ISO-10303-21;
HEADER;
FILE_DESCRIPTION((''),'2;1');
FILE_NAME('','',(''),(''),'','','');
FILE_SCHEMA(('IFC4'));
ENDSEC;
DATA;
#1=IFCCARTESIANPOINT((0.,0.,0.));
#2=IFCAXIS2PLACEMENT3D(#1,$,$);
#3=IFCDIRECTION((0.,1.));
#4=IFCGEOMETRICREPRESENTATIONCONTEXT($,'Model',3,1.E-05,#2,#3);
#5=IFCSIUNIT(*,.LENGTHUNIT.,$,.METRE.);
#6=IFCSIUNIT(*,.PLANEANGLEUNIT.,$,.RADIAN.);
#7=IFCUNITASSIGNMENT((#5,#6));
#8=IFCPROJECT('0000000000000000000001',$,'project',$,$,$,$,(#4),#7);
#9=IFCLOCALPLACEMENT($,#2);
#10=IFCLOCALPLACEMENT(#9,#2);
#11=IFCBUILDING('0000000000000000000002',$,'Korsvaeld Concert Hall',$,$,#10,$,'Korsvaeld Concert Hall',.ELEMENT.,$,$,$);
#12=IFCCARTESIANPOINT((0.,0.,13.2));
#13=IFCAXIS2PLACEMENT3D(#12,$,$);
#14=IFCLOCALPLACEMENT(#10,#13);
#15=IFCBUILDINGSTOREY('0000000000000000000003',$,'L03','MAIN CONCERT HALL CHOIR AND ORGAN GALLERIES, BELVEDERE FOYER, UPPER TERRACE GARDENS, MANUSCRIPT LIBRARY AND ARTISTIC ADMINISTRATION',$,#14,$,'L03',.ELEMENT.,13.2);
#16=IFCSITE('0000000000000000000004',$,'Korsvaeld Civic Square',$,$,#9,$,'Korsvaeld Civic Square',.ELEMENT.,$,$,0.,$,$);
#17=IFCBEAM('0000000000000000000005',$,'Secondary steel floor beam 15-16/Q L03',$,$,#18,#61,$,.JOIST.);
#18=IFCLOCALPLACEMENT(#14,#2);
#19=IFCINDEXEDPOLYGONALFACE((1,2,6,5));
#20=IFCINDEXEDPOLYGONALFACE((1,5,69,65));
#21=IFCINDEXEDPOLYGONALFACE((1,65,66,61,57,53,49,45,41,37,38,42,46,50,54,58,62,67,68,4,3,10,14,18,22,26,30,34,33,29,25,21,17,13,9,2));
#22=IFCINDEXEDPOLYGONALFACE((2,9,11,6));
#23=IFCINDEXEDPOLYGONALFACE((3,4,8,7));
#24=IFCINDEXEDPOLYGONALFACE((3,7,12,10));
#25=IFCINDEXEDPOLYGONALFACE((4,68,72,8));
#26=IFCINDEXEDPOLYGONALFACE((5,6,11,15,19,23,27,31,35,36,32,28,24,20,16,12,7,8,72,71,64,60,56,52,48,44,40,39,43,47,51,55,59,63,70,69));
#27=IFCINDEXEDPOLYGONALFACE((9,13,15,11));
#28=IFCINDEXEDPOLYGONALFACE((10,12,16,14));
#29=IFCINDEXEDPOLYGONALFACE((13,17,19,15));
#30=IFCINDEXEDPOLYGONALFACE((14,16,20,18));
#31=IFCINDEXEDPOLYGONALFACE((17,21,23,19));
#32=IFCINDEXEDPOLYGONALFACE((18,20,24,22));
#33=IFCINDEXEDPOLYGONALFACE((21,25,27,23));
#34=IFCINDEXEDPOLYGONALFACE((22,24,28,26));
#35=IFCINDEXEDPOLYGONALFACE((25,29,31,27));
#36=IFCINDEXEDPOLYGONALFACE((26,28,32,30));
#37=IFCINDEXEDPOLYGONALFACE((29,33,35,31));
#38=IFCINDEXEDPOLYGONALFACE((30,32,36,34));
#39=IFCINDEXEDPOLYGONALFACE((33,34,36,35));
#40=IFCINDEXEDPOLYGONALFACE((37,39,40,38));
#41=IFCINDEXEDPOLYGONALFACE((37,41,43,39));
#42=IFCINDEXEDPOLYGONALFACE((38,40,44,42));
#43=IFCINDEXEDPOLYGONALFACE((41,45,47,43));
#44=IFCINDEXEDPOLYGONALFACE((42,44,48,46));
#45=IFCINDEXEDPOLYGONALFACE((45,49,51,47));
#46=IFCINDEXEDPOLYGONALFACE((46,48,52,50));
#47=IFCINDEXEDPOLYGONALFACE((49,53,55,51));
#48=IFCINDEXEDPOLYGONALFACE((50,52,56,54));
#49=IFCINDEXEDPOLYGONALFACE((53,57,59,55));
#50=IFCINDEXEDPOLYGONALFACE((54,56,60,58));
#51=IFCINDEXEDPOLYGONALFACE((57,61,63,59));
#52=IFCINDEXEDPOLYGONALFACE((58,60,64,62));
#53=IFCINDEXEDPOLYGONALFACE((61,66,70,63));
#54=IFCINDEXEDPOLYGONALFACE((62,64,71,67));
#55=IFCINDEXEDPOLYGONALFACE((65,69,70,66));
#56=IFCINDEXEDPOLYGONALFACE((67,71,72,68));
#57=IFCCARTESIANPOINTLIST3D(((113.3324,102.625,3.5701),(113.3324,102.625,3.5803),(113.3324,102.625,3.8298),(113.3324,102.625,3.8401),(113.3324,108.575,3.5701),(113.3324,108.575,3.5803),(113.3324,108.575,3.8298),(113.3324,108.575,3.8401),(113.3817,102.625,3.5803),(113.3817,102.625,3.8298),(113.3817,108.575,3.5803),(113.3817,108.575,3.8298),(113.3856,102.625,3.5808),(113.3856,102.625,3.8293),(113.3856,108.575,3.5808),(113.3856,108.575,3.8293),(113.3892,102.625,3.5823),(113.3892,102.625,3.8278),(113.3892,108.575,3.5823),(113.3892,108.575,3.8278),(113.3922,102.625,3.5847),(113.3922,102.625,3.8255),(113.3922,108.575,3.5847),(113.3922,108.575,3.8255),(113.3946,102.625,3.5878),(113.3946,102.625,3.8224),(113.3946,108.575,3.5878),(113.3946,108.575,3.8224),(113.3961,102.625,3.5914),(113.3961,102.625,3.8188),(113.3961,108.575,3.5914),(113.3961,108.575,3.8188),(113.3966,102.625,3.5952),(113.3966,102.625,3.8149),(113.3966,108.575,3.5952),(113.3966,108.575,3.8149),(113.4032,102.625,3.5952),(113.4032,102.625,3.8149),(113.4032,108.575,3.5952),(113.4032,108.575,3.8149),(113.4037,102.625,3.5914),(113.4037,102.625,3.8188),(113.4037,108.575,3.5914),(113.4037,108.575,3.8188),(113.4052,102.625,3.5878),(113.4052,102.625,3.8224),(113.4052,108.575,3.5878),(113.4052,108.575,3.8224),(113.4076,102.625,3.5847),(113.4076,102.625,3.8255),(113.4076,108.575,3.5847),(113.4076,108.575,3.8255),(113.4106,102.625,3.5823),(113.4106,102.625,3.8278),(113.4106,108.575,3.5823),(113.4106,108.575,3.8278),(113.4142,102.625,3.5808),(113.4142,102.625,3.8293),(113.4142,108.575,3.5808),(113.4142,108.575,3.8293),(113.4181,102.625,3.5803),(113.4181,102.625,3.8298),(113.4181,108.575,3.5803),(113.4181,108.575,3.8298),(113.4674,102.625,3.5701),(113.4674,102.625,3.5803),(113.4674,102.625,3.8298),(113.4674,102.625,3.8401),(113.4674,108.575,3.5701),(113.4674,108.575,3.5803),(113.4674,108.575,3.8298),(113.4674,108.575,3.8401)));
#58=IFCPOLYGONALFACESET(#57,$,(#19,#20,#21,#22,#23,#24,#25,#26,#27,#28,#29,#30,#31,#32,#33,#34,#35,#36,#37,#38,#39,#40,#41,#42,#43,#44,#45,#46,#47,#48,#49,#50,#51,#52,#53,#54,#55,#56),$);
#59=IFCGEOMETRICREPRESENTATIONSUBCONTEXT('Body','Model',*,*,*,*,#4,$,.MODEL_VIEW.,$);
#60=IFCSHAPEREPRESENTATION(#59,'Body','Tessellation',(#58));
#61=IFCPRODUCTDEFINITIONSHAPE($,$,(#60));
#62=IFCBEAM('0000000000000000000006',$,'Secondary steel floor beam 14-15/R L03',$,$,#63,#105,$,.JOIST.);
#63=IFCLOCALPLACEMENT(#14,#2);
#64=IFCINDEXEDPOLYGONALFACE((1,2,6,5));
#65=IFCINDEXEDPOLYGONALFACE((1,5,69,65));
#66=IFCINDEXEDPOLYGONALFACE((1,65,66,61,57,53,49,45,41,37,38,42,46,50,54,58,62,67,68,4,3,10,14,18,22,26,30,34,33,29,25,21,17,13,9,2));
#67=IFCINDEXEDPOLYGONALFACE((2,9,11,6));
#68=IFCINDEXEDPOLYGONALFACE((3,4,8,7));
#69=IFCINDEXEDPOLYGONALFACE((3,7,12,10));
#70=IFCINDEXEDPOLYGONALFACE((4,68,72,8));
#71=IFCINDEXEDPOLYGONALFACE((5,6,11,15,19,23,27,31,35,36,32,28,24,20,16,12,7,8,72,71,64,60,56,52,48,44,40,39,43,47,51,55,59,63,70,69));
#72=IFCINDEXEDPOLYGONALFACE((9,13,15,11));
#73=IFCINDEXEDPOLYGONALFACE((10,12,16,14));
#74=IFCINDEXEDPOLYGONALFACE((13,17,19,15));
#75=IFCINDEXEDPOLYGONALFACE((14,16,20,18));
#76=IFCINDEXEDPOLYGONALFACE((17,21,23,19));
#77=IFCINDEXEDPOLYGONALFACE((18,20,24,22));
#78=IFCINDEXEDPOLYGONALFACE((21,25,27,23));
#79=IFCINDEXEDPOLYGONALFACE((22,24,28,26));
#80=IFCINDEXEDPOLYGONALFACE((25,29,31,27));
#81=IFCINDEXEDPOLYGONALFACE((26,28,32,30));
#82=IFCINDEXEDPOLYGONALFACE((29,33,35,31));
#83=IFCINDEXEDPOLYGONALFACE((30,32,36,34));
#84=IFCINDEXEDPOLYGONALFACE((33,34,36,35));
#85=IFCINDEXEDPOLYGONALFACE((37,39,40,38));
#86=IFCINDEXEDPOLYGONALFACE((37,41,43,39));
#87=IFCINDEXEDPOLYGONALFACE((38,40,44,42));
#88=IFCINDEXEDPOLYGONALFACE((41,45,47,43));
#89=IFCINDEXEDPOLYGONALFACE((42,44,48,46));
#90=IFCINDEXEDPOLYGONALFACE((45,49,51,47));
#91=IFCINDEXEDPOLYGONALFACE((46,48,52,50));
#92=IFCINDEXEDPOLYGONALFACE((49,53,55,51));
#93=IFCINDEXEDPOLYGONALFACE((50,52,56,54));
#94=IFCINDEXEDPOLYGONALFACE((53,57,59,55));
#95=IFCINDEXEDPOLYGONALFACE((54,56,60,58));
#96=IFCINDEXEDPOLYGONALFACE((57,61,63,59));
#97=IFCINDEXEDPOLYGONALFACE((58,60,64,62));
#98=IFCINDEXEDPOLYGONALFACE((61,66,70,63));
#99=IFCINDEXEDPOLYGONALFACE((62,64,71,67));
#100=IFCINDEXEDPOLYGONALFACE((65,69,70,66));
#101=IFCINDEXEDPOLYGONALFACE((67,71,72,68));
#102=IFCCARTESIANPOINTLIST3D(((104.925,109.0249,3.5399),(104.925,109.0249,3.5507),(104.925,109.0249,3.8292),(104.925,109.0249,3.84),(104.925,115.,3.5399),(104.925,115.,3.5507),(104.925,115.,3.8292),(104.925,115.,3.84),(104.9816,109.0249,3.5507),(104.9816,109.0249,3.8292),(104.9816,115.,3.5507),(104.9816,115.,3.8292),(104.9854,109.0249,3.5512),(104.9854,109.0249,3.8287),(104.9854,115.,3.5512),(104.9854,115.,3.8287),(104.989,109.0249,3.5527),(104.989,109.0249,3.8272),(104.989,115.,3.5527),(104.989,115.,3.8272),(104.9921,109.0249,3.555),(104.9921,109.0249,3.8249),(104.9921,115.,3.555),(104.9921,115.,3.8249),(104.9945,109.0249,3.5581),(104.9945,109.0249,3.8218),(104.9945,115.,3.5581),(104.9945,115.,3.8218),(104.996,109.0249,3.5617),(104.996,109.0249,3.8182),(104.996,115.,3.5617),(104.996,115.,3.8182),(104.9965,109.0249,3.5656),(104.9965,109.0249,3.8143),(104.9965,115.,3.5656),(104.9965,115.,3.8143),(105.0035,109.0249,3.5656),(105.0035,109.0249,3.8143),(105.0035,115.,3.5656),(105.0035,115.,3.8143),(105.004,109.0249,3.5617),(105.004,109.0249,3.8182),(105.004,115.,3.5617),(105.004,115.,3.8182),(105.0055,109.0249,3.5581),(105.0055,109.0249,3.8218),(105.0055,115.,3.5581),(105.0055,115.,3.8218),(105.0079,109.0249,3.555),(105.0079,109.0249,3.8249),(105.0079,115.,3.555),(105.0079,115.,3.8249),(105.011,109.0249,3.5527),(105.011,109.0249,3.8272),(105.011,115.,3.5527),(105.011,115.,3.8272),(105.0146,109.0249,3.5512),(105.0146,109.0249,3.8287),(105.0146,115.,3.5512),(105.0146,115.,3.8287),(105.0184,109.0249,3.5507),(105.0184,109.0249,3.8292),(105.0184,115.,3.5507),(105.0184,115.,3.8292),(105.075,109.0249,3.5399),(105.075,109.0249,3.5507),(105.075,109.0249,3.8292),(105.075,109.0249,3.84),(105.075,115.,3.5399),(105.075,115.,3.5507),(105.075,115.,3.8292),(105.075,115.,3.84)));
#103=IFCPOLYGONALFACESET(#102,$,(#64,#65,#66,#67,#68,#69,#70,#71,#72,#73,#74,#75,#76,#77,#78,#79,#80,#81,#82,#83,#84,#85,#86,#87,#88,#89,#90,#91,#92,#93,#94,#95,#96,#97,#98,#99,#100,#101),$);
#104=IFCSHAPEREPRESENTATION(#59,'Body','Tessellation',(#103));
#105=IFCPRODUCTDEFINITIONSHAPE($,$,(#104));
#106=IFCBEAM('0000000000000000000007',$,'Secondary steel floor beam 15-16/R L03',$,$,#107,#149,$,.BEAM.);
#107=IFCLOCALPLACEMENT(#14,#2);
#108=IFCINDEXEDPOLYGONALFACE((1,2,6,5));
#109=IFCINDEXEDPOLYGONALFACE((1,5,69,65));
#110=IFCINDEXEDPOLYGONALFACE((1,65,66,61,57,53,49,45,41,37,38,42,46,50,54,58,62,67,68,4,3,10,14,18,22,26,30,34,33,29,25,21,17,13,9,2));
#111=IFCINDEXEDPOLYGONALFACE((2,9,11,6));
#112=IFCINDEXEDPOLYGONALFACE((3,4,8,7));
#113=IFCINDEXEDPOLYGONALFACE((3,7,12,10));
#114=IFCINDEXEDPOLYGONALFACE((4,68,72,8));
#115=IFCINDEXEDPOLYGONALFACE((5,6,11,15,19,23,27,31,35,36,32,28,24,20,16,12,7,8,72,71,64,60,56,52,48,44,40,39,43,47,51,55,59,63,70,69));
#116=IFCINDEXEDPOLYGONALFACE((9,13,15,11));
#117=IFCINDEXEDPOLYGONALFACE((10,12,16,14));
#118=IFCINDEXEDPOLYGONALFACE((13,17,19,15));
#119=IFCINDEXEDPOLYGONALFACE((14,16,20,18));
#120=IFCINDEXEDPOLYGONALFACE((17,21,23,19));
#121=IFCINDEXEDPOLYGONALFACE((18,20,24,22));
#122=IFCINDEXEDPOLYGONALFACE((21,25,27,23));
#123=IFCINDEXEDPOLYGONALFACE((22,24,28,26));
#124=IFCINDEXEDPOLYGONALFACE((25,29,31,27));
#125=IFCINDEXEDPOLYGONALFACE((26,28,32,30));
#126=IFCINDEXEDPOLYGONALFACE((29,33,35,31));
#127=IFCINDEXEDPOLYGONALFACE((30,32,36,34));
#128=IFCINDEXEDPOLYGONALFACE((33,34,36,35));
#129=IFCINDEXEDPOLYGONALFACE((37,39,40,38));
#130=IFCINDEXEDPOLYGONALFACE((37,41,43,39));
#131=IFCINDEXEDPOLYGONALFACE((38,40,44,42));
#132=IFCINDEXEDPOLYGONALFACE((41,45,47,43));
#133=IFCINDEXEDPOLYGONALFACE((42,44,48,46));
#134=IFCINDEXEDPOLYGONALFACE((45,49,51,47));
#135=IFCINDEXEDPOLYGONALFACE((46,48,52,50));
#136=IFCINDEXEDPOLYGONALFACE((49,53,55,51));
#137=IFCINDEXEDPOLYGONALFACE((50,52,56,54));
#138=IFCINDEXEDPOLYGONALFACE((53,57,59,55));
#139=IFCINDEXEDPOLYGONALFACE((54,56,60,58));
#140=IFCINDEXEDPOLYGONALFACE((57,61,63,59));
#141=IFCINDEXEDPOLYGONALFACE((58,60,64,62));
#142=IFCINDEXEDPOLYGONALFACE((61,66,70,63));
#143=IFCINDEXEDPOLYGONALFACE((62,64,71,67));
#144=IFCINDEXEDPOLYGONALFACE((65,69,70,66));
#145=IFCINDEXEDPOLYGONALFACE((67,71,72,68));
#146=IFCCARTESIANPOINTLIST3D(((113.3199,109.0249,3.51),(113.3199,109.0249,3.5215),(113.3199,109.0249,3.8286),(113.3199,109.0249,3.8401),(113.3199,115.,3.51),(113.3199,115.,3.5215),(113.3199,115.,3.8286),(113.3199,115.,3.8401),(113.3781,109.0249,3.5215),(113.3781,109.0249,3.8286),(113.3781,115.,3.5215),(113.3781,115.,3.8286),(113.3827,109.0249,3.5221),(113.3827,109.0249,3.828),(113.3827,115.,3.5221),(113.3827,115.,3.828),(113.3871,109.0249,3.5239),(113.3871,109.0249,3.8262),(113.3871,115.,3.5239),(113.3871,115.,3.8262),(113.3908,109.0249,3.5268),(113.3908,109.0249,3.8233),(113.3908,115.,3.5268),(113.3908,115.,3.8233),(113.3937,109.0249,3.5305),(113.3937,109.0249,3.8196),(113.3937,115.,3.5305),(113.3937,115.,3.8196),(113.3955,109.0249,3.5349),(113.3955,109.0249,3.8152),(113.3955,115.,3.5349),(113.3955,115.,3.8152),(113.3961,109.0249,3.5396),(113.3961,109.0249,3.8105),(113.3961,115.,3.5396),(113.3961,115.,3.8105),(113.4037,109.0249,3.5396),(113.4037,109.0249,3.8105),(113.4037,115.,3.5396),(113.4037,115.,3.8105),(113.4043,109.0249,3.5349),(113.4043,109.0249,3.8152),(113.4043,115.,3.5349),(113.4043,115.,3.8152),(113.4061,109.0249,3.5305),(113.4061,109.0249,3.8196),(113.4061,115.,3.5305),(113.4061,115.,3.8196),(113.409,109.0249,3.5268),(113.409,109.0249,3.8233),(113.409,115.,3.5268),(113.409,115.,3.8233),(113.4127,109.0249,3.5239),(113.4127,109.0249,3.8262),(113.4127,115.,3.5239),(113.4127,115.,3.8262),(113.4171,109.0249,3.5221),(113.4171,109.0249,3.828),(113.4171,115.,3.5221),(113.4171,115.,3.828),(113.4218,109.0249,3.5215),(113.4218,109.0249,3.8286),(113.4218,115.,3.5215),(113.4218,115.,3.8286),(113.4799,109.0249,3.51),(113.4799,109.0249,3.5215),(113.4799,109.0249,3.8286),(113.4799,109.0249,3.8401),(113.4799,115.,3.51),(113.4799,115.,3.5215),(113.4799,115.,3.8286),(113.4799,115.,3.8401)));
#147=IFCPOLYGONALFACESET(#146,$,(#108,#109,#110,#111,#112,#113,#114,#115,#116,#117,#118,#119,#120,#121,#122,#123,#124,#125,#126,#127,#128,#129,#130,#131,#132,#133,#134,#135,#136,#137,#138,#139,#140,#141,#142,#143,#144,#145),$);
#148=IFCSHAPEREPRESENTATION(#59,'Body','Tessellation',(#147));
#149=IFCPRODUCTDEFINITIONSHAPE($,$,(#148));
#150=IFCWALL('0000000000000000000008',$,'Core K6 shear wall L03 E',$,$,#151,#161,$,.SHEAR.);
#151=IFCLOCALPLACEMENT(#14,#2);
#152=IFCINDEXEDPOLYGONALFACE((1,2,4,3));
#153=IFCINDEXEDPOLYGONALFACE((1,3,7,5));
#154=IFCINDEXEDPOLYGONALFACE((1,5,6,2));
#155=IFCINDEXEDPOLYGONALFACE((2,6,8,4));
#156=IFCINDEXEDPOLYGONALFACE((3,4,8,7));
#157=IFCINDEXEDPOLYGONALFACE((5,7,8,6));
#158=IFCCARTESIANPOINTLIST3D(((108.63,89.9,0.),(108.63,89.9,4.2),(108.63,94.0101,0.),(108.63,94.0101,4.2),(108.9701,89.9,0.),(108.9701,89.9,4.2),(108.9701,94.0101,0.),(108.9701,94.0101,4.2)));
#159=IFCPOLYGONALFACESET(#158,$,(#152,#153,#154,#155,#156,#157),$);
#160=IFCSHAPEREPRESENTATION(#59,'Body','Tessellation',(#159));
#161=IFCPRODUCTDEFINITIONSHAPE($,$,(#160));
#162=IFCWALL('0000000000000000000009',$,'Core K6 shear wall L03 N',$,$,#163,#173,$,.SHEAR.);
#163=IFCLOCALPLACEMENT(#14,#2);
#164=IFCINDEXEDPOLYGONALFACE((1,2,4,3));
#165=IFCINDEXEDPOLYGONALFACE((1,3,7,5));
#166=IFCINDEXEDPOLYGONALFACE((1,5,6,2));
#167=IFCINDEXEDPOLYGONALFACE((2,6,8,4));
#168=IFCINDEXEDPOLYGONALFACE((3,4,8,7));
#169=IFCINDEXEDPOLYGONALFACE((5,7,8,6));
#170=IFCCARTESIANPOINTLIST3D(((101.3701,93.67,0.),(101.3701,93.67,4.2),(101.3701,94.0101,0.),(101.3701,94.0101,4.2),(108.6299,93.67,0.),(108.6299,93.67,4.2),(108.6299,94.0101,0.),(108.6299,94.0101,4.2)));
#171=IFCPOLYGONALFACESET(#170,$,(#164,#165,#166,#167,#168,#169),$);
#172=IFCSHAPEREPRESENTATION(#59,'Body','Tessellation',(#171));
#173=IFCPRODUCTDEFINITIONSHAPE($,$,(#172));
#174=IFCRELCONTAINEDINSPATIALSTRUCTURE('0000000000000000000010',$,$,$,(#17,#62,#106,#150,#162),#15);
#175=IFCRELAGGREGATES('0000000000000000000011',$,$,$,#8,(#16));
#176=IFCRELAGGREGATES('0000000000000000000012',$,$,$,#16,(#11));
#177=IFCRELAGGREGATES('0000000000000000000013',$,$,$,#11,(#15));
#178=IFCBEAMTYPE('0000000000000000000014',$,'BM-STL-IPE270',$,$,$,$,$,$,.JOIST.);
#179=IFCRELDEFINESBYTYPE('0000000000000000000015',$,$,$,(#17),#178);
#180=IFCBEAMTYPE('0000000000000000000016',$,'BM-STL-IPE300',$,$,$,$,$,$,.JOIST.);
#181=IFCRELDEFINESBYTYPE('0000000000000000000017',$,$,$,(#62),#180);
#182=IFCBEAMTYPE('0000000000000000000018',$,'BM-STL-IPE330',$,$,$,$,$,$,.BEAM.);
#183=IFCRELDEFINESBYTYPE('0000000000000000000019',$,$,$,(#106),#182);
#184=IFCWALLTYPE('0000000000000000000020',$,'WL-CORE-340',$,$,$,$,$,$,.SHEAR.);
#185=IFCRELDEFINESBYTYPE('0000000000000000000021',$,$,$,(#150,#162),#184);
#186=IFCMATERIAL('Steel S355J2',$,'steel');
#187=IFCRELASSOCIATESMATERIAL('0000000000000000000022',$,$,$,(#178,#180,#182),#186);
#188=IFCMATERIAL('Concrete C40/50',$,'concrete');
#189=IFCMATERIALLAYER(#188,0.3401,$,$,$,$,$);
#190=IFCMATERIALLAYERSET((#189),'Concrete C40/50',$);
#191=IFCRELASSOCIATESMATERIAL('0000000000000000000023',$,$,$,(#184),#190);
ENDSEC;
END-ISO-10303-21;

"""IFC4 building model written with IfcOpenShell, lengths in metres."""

from ifc_helpers import new_model, si_unit, direction, frame, frame_2d, origin, origin_2d, place, context, subcontext, project, spatial, rectangle, i_section, extrude, material, layer, layer_set, material_profile, profile_set, type_object, element, save


model = new_model("IFC4")

# Units and contexts
model_context = context("Model", 3, precision=1e-05, world=origin(), true_north=direction((0.0, 1.0)))
body_context = subcontext(model_context, "Body", "Model", "MODEL_VIEW")
ifc_project = project(units=[si_unit("LENGTHUNIT", "METRE"), si_unit("PLANEANGLEUNIT", "RADIAN")], contexts=[model_context])

# Site, building, storey
site_placement = place(None, origin())
site = spatial("IfcSite", under=ifc_project, at=site_placement, Name="Korsvaeld Civic Square", LongName="Korsvaeld Civic Square", CompositionType="ELEMENT", RefElevation=0.0)
building_placement = place(site_placement, origin())
building = spatial("IfcBuilding", under=site, at=building_placement, Name="Korsvaeld Concert Hall", LongName="Korsvaeld Concert Hall", CompositionType="ELEMENT")
storey_placement = place(building_placement, frame((0.0, 0.0, 13.2)))
storey = spatial("IfcBuildingStorey", under=building, at=storey_placement, Name="L03", Description="MAIN CONCERT HALL CHOIR AND ORGAN GALLERIES, BELVEDERE FOYER, UPPER TERRACE GARDENS, MANUSCRIPT LIBRARY AND ARTISTIC ADMINISTRATION", LongName="L03", CompositionType="ELEMENT", Elevation=13.2)

# Shared definitions
ifc_material_1 = material(Name="Concrete C40/50", Category="concrete")

# Beams
ifc_material_2 = material(Name="Steel S355J2", Category="steel")
ifc_material_profile_1 = material_profile(ifc_material_2, i_section(OverallWidth=0.135, OverallDepth=0.27, WebThickness=0.0066, FlangeThickness=0.0103, FilletRadius=0.0149, at=origin_2d()), Name="IPE 270")
ifc_profile_set_1 = profile_set([ifc_material_profile_1], Name="Steel S355J2")
beam_type_1 = type_object("IfcBeamType", Name="BM-STL-IPE270", PredefinedType="JOIST", material=ifc_profile_set_1)
beam_1_placement = place(storey_placement, frame((113.3999, 102.625, 3.7051), z_axis=(0.0, 1.0, 0.0), x_axis=(-1.0, 0.0, 0.0)))
element("IfcBeam", 1, at=beam_1_placement, inside=storey, type_object=beam_type_1, Name="Secondary steel floor beam 15-16/Q L03", PredefinedType="JOIST", context=body_context, shape_type="SweptSolid", body=[
    extrude(i_section(OverallWidth=0.135, OverallDepth=0.27, WebThickness=0.0066, FlangeThickness=0.0103, FilletRadius=0.0149, at=origin_2d()), origin(), (0.0, 0.0, 1.0), 5.95),
])
ifc_material_profile_2 = material_profile(ifc_material_2, i_section(OverallWidth=0.1499, OverallDepth=0.3, WebThickness=0.0071, FlangeThickness=0.0107, FilletRadius=0.0149, at=origin_2d()), Name="IPE 300")
ifc_profile_set_2 = profile_set([ifc_material_profile_2], Name="Steel S355J2")
beam_type_2 = type_object("IfcBeamType", Name="BM-STL-IPE300", PredefinedType="JOIST", material=ifc_profile_set_2)
beam_2_placement = place(storey_placement, frame((105.0, 109.0249, 3.6899), z_axis=(0.0, 1.0, 0.0), x_axis=(-1.0, 0.0, 0.0)))
element("IfcBeam", 2, at=beam_2_placement, inside=storey, type_object=beam_type_2, Name="Secondary steel floor beam 14-15/R L03", PredefinedType="JOIST", context=body_context, shape_type="SweptSolid", body=[
    extrude(i_section(OverallWidth=0.1499, OverallDepth=0.3, WebThickness=0.0071, FlangeThickness=0.0107, FilletRadius=0.0149, at=origin_2d()), origin(), (0.0, 0.0, 1.0), 5.9751),
])
ifc_material_profile_3 = material_profile(ifc_material_2, i_section(OverallWidth=0.1599, OverallDepth=0.3301, WebThickness=0.0076, FlangeThickness=0.0115, FilletRadius=0.0181, at=origin_2d()), Name="IPE 330")
ifc_profile_set_3 = profile_set([ifc_material_profile_3], Name="Steel S355J2")
beam_type_3 = type_object("IfcBeamType", Name="BM-STL-IPE330", PredefinedType="BEAM", material=ifc_profile_set_3)
beam_3_placement = place(storey_placement, frame((113.3999, 109.0249, 3.675), z_axis=(0.0, 1.0, 0.0), x_axis=(-1.0, 0.0, 0.0)))
element("IfcBeam", 3, at=beam_3_placement, inside=storey, type_object=beam_type_3, Name="Secondary steel floor beam 15-16/R L03", PredefinedType="BEAM", context=body_context, shape_type="SweptSolid", body=[
    extrude(i_section(OverallWidth=0.1599, OverallDepth=0.3301, WebThickness=0.0076, FlangeThickness=0.0115, FilletRadius=0.0181, at=origin_2d()), origin(), (0.0, 0.0, 1.0), 5.9751),
])

# Walls
ifc_layer_1 = layer(ifc_material_1, 0.3401)
ifc_layer_set_1 = layer_set([ifc_layer_1], Name="Concrete C40/50")
wall_type_1 = type_object("IfcWallType", Name="WL-CORE-340", PredefinedType="SHEAR", material=ifc_layer_set_1)
wall_1_placement = place(storey_placement, frame((108.8, 89.8999, 0.0), z_axis=(0.0, 0.0, 1.0), x_axis=(0.0, 1.0, 0.0)))
element("IfcWall", 4, at=wall_1_placement, inside=storey, type_object=wall_type_1, Name="Core K6 shear wall L03 E", PredefinedType="SHEAR", context=body_context, shape_type="SweptSolid", body=[
    extrude(rectangle(XDim=4.1101, YDim=0.3401, at=frame_2d((2.0552, 0.0))), origin(), (0.0, 0.0, 1.0), 4.2),
])
wall_2_placement = place(storey_placement, frame((108.6299, 93.8401, 0.0), z_axis=(0.0, 0.0, 1.0), x_axis=(-1.0, 0.0, 0.0)))
element("IfcWall", 5, at=wall_2_placement, inside=storey, type_object=wall_type_1, Name="Core K6 shear wall L03 N", PredefinedType="SHEAR", context=body_context, shape_type="SweptSolid", body=[
    extrude(rectangle(XDim=7.2598, YDim=0.3401, at=frame_2d((3.6299, 0.0))), origin(), (0.0, 0.0, 1.0), 4.2),
])

save(model, "model.ifc")
